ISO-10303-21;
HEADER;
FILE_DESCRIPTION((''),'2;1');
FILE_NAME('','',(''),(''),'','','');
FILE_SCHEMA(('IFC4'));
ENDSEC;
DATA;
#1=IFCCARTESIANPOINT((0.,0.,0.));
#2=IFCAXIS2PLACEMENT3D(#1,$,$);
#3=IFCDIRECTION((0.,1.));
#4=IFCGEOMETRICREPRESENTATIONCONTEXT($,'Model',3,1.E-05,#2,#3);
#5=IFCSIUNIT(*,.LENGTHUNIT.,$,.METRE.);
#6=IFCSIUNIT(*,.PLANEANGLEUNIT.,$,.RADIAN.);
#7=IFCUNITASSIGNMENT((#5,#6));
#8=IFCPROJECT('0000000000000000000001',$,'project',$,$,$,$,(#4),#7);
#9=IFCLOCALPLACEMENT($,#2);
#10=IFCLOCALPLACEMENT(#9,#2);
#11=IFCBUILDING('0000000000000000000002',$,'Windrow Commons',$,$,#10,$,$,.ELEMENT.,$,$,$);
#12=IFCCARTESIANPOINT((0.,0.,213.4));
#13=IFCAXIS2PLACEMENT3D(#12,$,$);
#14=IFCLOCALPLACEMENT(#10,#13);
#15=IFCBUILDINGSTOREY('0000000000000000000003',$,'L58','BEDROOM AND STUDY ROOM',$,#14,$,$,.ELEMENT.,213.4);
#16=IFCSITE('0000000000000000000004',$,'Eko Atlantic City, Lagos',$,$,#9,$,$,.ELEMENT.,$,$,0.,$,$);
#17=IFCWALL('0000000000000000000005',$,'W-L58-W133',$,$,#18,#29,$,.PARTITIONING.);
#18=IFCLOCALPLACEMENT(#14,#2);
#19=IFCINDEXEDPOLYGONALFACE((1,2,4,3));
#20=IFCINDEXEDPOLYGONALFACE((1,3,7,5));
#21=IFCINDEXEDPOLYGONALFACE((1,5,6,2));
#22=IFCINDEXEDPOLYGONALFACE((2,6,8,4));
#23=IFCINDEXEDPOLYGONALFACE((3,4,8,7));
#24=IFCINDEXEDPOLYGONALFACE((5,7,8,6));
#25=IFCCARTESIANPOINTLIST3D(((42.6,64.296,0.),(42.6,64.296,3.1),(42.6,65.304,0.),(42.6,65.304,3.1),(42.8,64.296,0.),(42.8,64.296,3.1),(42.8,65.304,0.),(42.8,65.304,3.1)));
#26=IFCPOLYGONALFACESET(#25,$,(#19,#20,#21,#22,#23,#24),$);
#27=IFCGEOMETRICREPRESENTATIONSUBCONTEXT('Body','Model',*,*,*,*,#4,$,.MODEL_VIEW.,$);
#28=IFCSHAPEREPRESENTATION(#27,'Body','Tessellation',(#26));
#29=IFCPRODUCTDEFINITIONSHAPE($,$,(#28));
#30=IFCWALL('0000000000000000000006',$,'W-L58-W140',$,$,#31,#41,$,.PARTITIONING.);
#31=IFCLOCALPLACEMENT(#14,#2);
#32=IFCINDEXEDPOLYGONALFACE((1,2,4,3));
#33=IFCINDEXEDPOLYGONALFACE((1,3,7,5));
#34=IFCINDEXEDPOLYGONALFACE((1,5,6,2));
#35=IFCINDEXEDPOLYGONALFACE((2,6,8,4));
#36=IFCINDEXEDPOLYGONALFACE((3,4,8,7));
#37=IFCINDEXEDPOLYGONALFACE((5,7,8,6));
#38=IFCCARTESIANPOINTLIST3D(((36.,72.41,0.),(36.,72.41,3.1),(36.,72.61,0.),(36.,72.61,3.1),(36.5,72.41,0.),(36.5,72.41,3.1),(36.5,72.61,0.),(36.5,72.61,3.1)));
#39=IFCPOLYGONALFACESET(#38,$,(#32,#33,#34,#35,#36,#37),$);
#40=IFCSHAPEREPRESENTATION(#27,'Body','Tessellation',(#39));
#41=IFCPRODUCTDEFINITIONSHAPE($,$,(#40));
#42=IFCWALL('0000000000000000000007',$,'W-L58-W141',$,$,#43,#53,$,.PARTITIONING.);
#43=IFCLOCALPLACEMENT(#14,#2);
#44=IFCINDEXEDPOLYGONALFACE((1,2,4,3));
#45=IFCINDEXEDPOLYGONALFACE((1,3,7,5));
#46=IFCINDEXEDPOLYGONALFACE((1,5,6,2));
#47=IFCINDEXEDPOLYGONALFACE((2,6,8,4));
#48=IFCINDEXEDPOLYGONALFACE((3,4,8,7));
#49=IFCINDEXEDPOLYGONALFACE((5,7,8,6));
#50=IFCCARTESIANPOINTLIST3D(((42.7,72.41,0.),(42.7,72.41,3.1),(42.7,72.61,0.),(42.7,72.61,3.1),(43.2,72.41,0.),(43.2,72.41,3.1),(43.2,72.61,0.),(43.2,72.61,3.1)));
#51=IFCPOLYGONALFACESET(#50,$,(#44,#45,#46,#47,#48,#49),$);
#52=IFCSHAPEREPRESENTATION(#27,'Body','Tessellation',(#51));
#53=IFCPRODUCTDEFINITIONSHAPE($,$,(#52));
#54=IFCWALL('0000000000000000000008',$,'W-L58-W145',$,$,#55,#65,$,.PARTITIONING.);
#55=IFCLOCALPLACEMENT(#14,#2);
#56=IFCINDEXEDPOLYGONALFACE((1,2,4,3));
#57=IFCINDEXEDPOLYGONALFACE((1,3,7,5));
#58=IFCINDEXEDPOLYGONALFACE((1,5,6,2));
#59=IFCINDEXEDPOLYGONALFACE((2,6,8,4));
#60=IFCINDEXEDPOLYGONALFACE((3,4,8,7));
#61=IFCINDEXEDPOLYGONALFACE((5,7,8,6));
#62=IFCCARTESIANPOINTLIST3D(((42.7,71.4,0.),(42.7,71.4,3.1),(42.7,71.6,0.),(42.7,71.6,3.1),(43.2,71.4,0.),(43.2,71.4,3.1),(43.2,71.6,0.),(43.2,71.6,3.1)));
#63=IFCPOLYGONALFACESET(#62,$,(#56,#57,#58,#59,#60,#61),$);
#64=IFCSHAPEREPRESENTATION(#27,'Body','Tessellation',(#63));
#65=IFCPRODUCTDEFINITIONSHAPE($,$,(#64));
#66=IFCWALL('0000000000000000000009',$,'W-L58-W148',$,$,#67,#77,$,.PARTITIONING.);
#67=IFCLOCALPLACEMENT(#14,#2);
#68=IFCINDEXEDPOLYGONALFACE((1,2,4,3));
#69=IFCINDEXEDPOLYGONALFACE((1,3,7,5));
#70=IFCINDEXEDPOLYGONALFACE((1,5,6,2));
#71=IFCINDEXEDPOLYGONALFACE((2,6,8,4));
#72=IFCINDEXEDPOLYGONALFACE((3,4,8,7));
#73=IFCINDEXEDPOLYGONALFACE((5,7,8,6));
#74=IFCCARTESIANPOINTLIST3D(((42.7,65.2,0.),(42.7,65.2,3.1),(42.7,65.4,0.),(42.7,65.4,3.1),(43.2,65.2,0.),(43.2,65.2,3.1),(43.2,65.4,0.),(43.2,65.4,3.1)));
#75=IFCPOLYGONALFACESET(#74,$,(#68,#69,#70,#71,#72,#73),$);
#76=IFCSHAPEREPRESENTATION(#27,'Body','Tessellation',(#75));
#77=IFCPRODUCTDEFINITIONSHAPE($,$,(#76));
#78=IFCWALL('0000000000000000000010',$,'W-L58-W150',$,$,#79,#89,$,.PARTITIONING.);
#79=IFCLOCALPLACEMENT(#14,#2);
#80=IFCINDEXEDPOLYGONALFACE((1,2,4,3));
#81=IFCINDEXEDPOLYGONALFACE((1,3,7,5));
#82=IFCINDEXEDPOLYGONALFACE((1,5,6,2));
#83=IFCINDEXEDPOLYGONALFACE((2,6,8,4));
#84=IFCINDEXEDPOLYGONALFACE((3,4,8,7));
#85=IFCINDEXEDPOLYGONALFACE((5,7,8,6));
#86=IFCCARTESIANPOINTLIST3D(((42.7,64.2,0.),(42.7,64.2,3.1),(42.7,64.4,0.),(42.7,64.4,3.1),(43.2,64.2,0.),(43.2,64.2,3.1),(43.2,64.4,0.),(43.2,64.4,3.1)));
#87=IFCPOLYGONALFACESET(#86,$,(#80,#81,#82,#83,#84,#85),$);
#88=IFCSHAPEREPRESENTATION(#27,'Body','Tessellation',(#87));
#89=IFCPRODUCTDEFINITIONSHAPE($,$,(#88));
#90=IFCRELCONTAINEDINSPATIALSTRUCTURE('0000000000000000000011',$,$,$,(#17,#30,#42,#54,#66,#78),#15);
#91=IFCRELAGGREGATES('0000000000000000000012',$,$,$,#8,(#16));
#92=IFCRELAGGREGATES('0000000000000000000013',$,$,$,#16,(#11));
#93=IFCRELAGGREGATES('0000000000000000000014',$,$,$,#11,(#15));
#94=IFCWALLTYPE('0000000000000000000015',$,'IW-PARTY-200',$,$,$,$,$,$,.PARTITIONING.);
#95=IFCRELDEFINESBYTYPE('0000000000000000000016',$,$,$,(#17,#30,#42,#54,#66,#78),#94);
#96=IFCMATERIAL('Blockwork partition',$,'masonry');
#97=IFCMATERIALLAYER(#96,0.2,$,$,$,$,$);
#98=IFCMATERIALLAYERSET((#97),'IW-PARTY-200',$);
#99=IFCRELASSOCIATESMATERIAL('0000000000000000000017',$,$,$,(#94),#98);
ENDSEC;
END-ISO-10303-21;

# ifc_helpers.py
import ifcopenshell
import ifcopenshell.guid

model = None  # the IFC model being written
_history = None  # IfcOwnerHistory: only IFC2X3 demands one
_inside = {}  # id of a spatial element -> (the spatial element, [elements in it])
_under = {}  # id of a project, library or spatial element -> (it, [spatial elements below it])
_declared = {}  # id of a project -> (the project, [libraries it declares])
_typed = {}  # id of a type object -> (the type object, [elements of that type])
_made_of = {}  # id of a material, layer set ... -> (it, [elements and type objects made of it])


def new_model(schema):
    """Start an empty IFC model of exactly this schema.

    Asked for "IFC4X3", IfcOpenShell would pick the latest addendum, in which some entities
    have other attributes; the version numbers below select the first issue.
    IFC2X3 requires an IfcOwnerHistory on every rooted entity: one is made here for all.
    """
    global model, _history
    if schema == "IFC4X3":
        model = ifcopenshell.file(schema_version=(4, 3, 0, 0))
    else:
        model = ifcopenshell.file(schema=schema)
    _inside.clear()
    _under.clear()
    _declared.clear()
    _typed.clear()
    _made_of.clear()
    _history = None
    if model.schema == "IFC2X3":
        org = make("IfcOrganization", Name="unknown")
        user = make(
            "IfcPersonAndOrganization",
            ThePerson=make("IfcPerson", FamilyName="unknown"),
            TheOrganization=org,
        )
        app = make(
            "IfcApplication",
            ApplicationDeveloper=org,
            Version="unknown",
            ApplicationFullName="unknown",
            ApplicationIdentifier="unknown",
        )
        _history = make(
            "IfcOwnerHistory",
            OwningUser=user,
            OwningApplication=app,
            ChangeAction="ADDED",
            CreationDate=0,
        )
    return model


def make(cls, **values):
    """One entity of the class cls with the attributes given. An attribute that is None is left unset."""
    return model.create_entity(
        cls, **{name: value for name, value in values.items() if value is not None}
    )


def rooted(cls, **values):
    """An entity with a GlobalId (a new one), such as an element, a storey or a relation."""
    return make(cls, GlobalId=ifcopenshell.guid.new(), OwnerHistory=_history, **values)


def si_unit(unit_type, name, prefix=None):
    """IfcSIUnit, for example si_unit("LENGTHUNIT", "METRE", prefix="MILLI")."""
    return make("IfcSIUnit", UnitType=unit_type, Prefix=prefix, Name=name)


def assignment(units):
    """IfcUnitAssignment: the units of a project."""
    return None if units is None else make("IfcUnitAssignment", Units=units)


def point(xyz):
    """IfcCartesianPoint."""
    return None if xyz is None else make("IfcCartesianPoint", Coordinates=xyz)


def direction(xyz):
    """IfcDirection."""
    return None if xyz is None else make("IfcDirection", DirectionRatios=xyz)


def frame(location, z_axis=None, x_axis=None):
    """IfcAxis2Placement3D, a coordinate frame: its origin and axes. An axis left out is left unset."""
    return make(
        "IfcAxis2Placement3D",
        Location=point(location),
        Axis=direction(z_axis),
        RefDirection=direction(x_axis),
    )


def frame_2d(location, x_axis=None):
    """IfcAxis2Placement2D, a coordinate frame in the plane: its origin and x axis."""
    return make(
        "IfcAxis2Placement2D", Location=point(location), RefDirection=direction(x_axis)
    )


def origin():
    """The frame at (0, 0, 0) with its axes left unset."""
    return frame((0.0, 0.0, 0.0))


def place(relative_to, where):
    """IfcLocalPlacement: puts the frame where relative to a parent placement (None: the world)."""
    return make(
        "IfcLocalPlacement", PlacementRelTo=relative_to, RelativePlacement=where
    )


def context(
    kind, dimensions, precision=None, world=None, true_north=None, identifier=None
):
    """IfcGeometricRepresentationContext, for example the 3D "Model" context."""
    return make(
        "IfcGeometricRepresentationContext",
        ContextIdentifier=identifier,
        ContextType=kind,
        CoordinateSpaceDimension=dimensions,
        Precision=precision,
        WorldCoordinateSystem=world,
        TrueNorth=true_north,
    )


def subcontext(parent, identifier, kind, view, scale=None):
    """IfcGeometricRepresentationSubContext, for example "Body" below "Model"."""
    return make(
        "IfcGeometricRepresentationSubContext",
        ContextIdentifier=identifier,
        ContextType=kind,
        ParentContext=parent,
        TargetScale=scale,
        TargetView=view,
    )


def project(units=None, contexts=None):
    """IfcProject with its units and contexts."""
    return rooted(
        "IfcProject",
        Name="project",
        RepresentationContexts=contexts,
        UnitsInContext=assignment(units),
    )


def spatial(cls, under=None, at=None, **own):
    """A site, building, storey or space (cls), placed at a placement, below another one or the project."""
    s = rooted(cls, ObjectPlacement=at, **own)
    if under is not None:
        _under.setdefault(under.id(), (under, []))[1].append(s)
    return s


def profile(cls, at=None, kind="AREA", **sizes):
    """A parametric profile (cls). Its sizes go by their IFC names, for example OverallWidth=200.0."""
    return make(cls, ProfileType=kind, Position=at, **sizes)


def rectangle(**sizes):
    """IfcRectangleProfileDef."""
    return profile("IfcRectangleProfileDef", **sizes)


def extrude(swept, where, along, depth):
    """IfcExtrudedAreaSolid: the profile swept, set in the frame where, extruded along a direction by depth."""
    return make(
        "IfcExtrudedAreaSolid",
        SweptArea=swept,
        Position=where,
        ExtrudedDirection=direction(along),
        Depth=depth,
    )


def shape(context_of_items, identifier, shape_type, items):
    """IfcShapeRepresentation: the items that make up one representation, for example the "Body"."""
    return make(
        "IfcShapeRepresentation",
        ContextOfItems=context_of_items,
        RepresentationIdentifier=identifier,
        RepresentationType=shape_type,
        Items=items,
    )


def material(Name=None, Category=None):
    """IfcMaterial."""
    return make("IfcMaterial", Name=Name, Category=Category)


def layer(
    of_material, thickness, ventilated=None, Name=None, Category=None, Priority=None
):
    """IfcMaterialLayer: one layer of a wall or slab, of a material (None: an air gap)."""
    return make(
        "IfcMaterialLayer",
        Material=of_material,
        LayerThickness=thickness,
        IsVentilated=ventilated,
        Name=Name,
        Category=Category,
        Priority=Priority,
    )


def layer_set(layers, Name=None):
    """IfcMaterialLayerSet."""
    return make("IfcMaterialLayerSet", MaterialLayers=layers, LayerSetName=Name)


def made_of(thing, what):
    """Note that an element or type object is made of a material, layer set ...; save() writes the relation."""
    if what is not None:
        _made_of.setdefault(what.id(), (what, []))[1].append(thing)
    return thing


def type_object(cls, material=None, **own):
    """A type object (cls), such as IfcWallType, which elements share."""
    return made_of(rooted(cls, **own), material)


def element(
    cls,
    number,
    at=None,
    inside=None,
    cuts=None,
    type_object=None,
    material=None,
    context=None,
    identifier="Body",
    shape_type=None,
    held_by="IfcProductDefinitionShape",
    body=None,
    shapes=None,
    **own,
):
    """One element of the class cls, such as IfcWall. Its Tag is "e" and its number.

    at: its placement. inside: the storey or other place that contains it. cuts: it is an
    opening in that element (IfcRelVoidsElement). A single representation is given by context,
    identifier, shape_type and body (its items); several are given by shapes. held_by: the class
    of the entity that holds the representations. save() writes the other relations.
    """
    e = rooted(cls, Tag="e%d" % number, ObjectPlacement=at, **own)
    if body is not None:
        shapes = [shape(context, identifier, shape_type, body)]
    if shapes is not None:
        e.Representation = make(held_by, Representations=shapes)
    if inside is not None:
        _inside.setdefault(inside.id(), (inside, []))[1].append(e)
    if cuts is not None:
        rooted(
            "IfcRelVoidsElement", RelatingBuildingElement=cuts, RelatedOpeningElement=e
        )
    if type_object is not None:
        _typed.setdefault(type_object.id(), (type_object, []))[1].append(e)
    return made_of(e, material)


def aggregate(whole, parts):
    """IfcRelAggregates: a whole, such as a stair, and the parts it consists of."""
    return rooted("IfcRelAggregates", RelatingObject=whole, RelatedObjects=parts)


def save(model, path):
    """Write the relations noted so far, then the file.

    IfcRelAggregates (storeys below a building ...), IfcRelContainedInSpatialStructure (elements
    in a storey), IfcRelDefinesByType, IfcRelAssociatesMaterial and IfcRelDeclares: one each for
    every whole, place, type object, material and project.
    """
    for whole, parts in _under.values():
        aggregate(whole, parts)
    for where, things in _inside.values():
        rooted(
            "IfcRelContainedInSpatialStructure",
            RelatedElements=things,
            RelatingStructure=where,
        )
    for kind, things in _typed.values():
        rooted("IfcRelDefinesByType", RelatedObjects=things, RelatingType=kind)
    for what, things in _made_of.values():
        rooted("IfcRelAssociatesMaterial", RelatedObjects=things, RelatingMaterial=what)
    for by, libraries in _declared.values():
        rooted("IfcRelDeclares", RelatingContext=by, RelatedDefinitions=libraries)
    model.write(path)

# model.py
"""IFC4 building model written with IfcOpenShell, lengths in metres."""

from ifc_helpers import new_model, si_unit, direction, frame, frame_2d, origin, place, context, subcontext, project, spatial, rectangle, extrude, material, layer, layer_set, type_object, element, save


model = new_model("IFC4")

# Units and contexts
model_context = context("Model", 3, precision=1e-05, world=origin(), true_north=direction((0.0, 1.0)))
body_context = subcontext(model_context, "Body", "Model", "MODEL_VIEW")
ifc_project = project(units=[si_unit("LENGTHUNIT", "METRE"), si_unit("PLANEANGLEUNIT", "RADIAN")], contexts=[model_context])

# Site, building, storey
site_placement = place(None, origin())
site = spatial("IfcSite", under=ifc_project, at=site_placement, Name="Eko Atlantic City, Lagos", CompositionType="ELEMENT", RefElevation=0.0)
building_placement = place(site_placement, origin())
building = spatial("IfcBuilding", under=site, at=building_placement, Name="Windrow Commons", CompositionType="ELEMENT")
storey_placement = place(building_placement, frame((0.0, 0.0, 213.4)))
storey = spatial("IfcBuildingStorey", under=building, at=storey_placement, Name="L58", Description="BEDROOM AND STUDY ROOM", CompositionType="ELEMENT", Elevation=213.4)

# Walls
ifc_material_1 = material(Name="Blockwork partition", Category="masonry")
ifc_layer_1 = layer(ifc_material_1, 0.2)
ifc_layer_set_1 = layer_set([ifc_layer_1], Name="IW-PARTY-200")
wall_type_1 = type_object("IfcWallType", Name="IW-PARTY-200", PredefinedType="PARTITIONING", material=ifc_layer_set_1)
wall_1_placement = place(storey_placement, frame((42.7, 64.296, 0.0), z_axis=(0.0, 0.0, 1.0), x_axis=(0.0, 1.0, 0.0)))
element("IfcWall", 1, at=wall_1_placement, inside=storey, type_object=wall_type_1, Name="W-L58-W133", PredefinedType="PARTITIONING", context=body_context, shape_type="SweptSolid", body=[
    extrude(rectangle(XDim=1.008, YDim=0.2, at=frame_2d((0.504, 0.0))), origin(), (0.0, 0.0, 1.0), 3.1),
])
for number, where, z_axis, x_axis, name in (
    (2, (36.0, 72.51, 0.0), (0.0, 0.0, 1.0), (1.0, 0.0, 0.0), "W-L58-W140"),
    (3, (42.7, 72.51, 0.0), (0.0, 0.0, 1.0), (1.0, 0.0, 0.0), "W-L58-W141"),
    (4, (42.7, 71.5, 0.0), (0.0, 0.0, 1.0), (1.0, 0.0, 0.0), "W-L58-W145"),
    (5, (42.7, 65.3, 0.0), (0.0, 0.0, 1.0), (1.0, 0.0, 0.0), "W-L58-W148"),
    (6, (42.7, 64.3, 0.0), (0.0, 0.0, 1.0), (1.0, 0.0, 0.0), "W-L58-W150"),
):
    element("IfcWall", number, at=place(storey_placement, frame(where, z_axis=z_axis, x_axis=x_axis)), inside=storey, type_object=wall_type_1, Name=name, PredefinedType="PARTITIONING", context=body_context, shape_type="SweptSolid", body=[
        extrude(rectangle(XDim=0.5, YDim=0.2, at=frame_2d((0.25, 0.0))), origin(), (0.0, 0.0, 1.0), 3.1),
    ])

save(model, "model.ifc")
